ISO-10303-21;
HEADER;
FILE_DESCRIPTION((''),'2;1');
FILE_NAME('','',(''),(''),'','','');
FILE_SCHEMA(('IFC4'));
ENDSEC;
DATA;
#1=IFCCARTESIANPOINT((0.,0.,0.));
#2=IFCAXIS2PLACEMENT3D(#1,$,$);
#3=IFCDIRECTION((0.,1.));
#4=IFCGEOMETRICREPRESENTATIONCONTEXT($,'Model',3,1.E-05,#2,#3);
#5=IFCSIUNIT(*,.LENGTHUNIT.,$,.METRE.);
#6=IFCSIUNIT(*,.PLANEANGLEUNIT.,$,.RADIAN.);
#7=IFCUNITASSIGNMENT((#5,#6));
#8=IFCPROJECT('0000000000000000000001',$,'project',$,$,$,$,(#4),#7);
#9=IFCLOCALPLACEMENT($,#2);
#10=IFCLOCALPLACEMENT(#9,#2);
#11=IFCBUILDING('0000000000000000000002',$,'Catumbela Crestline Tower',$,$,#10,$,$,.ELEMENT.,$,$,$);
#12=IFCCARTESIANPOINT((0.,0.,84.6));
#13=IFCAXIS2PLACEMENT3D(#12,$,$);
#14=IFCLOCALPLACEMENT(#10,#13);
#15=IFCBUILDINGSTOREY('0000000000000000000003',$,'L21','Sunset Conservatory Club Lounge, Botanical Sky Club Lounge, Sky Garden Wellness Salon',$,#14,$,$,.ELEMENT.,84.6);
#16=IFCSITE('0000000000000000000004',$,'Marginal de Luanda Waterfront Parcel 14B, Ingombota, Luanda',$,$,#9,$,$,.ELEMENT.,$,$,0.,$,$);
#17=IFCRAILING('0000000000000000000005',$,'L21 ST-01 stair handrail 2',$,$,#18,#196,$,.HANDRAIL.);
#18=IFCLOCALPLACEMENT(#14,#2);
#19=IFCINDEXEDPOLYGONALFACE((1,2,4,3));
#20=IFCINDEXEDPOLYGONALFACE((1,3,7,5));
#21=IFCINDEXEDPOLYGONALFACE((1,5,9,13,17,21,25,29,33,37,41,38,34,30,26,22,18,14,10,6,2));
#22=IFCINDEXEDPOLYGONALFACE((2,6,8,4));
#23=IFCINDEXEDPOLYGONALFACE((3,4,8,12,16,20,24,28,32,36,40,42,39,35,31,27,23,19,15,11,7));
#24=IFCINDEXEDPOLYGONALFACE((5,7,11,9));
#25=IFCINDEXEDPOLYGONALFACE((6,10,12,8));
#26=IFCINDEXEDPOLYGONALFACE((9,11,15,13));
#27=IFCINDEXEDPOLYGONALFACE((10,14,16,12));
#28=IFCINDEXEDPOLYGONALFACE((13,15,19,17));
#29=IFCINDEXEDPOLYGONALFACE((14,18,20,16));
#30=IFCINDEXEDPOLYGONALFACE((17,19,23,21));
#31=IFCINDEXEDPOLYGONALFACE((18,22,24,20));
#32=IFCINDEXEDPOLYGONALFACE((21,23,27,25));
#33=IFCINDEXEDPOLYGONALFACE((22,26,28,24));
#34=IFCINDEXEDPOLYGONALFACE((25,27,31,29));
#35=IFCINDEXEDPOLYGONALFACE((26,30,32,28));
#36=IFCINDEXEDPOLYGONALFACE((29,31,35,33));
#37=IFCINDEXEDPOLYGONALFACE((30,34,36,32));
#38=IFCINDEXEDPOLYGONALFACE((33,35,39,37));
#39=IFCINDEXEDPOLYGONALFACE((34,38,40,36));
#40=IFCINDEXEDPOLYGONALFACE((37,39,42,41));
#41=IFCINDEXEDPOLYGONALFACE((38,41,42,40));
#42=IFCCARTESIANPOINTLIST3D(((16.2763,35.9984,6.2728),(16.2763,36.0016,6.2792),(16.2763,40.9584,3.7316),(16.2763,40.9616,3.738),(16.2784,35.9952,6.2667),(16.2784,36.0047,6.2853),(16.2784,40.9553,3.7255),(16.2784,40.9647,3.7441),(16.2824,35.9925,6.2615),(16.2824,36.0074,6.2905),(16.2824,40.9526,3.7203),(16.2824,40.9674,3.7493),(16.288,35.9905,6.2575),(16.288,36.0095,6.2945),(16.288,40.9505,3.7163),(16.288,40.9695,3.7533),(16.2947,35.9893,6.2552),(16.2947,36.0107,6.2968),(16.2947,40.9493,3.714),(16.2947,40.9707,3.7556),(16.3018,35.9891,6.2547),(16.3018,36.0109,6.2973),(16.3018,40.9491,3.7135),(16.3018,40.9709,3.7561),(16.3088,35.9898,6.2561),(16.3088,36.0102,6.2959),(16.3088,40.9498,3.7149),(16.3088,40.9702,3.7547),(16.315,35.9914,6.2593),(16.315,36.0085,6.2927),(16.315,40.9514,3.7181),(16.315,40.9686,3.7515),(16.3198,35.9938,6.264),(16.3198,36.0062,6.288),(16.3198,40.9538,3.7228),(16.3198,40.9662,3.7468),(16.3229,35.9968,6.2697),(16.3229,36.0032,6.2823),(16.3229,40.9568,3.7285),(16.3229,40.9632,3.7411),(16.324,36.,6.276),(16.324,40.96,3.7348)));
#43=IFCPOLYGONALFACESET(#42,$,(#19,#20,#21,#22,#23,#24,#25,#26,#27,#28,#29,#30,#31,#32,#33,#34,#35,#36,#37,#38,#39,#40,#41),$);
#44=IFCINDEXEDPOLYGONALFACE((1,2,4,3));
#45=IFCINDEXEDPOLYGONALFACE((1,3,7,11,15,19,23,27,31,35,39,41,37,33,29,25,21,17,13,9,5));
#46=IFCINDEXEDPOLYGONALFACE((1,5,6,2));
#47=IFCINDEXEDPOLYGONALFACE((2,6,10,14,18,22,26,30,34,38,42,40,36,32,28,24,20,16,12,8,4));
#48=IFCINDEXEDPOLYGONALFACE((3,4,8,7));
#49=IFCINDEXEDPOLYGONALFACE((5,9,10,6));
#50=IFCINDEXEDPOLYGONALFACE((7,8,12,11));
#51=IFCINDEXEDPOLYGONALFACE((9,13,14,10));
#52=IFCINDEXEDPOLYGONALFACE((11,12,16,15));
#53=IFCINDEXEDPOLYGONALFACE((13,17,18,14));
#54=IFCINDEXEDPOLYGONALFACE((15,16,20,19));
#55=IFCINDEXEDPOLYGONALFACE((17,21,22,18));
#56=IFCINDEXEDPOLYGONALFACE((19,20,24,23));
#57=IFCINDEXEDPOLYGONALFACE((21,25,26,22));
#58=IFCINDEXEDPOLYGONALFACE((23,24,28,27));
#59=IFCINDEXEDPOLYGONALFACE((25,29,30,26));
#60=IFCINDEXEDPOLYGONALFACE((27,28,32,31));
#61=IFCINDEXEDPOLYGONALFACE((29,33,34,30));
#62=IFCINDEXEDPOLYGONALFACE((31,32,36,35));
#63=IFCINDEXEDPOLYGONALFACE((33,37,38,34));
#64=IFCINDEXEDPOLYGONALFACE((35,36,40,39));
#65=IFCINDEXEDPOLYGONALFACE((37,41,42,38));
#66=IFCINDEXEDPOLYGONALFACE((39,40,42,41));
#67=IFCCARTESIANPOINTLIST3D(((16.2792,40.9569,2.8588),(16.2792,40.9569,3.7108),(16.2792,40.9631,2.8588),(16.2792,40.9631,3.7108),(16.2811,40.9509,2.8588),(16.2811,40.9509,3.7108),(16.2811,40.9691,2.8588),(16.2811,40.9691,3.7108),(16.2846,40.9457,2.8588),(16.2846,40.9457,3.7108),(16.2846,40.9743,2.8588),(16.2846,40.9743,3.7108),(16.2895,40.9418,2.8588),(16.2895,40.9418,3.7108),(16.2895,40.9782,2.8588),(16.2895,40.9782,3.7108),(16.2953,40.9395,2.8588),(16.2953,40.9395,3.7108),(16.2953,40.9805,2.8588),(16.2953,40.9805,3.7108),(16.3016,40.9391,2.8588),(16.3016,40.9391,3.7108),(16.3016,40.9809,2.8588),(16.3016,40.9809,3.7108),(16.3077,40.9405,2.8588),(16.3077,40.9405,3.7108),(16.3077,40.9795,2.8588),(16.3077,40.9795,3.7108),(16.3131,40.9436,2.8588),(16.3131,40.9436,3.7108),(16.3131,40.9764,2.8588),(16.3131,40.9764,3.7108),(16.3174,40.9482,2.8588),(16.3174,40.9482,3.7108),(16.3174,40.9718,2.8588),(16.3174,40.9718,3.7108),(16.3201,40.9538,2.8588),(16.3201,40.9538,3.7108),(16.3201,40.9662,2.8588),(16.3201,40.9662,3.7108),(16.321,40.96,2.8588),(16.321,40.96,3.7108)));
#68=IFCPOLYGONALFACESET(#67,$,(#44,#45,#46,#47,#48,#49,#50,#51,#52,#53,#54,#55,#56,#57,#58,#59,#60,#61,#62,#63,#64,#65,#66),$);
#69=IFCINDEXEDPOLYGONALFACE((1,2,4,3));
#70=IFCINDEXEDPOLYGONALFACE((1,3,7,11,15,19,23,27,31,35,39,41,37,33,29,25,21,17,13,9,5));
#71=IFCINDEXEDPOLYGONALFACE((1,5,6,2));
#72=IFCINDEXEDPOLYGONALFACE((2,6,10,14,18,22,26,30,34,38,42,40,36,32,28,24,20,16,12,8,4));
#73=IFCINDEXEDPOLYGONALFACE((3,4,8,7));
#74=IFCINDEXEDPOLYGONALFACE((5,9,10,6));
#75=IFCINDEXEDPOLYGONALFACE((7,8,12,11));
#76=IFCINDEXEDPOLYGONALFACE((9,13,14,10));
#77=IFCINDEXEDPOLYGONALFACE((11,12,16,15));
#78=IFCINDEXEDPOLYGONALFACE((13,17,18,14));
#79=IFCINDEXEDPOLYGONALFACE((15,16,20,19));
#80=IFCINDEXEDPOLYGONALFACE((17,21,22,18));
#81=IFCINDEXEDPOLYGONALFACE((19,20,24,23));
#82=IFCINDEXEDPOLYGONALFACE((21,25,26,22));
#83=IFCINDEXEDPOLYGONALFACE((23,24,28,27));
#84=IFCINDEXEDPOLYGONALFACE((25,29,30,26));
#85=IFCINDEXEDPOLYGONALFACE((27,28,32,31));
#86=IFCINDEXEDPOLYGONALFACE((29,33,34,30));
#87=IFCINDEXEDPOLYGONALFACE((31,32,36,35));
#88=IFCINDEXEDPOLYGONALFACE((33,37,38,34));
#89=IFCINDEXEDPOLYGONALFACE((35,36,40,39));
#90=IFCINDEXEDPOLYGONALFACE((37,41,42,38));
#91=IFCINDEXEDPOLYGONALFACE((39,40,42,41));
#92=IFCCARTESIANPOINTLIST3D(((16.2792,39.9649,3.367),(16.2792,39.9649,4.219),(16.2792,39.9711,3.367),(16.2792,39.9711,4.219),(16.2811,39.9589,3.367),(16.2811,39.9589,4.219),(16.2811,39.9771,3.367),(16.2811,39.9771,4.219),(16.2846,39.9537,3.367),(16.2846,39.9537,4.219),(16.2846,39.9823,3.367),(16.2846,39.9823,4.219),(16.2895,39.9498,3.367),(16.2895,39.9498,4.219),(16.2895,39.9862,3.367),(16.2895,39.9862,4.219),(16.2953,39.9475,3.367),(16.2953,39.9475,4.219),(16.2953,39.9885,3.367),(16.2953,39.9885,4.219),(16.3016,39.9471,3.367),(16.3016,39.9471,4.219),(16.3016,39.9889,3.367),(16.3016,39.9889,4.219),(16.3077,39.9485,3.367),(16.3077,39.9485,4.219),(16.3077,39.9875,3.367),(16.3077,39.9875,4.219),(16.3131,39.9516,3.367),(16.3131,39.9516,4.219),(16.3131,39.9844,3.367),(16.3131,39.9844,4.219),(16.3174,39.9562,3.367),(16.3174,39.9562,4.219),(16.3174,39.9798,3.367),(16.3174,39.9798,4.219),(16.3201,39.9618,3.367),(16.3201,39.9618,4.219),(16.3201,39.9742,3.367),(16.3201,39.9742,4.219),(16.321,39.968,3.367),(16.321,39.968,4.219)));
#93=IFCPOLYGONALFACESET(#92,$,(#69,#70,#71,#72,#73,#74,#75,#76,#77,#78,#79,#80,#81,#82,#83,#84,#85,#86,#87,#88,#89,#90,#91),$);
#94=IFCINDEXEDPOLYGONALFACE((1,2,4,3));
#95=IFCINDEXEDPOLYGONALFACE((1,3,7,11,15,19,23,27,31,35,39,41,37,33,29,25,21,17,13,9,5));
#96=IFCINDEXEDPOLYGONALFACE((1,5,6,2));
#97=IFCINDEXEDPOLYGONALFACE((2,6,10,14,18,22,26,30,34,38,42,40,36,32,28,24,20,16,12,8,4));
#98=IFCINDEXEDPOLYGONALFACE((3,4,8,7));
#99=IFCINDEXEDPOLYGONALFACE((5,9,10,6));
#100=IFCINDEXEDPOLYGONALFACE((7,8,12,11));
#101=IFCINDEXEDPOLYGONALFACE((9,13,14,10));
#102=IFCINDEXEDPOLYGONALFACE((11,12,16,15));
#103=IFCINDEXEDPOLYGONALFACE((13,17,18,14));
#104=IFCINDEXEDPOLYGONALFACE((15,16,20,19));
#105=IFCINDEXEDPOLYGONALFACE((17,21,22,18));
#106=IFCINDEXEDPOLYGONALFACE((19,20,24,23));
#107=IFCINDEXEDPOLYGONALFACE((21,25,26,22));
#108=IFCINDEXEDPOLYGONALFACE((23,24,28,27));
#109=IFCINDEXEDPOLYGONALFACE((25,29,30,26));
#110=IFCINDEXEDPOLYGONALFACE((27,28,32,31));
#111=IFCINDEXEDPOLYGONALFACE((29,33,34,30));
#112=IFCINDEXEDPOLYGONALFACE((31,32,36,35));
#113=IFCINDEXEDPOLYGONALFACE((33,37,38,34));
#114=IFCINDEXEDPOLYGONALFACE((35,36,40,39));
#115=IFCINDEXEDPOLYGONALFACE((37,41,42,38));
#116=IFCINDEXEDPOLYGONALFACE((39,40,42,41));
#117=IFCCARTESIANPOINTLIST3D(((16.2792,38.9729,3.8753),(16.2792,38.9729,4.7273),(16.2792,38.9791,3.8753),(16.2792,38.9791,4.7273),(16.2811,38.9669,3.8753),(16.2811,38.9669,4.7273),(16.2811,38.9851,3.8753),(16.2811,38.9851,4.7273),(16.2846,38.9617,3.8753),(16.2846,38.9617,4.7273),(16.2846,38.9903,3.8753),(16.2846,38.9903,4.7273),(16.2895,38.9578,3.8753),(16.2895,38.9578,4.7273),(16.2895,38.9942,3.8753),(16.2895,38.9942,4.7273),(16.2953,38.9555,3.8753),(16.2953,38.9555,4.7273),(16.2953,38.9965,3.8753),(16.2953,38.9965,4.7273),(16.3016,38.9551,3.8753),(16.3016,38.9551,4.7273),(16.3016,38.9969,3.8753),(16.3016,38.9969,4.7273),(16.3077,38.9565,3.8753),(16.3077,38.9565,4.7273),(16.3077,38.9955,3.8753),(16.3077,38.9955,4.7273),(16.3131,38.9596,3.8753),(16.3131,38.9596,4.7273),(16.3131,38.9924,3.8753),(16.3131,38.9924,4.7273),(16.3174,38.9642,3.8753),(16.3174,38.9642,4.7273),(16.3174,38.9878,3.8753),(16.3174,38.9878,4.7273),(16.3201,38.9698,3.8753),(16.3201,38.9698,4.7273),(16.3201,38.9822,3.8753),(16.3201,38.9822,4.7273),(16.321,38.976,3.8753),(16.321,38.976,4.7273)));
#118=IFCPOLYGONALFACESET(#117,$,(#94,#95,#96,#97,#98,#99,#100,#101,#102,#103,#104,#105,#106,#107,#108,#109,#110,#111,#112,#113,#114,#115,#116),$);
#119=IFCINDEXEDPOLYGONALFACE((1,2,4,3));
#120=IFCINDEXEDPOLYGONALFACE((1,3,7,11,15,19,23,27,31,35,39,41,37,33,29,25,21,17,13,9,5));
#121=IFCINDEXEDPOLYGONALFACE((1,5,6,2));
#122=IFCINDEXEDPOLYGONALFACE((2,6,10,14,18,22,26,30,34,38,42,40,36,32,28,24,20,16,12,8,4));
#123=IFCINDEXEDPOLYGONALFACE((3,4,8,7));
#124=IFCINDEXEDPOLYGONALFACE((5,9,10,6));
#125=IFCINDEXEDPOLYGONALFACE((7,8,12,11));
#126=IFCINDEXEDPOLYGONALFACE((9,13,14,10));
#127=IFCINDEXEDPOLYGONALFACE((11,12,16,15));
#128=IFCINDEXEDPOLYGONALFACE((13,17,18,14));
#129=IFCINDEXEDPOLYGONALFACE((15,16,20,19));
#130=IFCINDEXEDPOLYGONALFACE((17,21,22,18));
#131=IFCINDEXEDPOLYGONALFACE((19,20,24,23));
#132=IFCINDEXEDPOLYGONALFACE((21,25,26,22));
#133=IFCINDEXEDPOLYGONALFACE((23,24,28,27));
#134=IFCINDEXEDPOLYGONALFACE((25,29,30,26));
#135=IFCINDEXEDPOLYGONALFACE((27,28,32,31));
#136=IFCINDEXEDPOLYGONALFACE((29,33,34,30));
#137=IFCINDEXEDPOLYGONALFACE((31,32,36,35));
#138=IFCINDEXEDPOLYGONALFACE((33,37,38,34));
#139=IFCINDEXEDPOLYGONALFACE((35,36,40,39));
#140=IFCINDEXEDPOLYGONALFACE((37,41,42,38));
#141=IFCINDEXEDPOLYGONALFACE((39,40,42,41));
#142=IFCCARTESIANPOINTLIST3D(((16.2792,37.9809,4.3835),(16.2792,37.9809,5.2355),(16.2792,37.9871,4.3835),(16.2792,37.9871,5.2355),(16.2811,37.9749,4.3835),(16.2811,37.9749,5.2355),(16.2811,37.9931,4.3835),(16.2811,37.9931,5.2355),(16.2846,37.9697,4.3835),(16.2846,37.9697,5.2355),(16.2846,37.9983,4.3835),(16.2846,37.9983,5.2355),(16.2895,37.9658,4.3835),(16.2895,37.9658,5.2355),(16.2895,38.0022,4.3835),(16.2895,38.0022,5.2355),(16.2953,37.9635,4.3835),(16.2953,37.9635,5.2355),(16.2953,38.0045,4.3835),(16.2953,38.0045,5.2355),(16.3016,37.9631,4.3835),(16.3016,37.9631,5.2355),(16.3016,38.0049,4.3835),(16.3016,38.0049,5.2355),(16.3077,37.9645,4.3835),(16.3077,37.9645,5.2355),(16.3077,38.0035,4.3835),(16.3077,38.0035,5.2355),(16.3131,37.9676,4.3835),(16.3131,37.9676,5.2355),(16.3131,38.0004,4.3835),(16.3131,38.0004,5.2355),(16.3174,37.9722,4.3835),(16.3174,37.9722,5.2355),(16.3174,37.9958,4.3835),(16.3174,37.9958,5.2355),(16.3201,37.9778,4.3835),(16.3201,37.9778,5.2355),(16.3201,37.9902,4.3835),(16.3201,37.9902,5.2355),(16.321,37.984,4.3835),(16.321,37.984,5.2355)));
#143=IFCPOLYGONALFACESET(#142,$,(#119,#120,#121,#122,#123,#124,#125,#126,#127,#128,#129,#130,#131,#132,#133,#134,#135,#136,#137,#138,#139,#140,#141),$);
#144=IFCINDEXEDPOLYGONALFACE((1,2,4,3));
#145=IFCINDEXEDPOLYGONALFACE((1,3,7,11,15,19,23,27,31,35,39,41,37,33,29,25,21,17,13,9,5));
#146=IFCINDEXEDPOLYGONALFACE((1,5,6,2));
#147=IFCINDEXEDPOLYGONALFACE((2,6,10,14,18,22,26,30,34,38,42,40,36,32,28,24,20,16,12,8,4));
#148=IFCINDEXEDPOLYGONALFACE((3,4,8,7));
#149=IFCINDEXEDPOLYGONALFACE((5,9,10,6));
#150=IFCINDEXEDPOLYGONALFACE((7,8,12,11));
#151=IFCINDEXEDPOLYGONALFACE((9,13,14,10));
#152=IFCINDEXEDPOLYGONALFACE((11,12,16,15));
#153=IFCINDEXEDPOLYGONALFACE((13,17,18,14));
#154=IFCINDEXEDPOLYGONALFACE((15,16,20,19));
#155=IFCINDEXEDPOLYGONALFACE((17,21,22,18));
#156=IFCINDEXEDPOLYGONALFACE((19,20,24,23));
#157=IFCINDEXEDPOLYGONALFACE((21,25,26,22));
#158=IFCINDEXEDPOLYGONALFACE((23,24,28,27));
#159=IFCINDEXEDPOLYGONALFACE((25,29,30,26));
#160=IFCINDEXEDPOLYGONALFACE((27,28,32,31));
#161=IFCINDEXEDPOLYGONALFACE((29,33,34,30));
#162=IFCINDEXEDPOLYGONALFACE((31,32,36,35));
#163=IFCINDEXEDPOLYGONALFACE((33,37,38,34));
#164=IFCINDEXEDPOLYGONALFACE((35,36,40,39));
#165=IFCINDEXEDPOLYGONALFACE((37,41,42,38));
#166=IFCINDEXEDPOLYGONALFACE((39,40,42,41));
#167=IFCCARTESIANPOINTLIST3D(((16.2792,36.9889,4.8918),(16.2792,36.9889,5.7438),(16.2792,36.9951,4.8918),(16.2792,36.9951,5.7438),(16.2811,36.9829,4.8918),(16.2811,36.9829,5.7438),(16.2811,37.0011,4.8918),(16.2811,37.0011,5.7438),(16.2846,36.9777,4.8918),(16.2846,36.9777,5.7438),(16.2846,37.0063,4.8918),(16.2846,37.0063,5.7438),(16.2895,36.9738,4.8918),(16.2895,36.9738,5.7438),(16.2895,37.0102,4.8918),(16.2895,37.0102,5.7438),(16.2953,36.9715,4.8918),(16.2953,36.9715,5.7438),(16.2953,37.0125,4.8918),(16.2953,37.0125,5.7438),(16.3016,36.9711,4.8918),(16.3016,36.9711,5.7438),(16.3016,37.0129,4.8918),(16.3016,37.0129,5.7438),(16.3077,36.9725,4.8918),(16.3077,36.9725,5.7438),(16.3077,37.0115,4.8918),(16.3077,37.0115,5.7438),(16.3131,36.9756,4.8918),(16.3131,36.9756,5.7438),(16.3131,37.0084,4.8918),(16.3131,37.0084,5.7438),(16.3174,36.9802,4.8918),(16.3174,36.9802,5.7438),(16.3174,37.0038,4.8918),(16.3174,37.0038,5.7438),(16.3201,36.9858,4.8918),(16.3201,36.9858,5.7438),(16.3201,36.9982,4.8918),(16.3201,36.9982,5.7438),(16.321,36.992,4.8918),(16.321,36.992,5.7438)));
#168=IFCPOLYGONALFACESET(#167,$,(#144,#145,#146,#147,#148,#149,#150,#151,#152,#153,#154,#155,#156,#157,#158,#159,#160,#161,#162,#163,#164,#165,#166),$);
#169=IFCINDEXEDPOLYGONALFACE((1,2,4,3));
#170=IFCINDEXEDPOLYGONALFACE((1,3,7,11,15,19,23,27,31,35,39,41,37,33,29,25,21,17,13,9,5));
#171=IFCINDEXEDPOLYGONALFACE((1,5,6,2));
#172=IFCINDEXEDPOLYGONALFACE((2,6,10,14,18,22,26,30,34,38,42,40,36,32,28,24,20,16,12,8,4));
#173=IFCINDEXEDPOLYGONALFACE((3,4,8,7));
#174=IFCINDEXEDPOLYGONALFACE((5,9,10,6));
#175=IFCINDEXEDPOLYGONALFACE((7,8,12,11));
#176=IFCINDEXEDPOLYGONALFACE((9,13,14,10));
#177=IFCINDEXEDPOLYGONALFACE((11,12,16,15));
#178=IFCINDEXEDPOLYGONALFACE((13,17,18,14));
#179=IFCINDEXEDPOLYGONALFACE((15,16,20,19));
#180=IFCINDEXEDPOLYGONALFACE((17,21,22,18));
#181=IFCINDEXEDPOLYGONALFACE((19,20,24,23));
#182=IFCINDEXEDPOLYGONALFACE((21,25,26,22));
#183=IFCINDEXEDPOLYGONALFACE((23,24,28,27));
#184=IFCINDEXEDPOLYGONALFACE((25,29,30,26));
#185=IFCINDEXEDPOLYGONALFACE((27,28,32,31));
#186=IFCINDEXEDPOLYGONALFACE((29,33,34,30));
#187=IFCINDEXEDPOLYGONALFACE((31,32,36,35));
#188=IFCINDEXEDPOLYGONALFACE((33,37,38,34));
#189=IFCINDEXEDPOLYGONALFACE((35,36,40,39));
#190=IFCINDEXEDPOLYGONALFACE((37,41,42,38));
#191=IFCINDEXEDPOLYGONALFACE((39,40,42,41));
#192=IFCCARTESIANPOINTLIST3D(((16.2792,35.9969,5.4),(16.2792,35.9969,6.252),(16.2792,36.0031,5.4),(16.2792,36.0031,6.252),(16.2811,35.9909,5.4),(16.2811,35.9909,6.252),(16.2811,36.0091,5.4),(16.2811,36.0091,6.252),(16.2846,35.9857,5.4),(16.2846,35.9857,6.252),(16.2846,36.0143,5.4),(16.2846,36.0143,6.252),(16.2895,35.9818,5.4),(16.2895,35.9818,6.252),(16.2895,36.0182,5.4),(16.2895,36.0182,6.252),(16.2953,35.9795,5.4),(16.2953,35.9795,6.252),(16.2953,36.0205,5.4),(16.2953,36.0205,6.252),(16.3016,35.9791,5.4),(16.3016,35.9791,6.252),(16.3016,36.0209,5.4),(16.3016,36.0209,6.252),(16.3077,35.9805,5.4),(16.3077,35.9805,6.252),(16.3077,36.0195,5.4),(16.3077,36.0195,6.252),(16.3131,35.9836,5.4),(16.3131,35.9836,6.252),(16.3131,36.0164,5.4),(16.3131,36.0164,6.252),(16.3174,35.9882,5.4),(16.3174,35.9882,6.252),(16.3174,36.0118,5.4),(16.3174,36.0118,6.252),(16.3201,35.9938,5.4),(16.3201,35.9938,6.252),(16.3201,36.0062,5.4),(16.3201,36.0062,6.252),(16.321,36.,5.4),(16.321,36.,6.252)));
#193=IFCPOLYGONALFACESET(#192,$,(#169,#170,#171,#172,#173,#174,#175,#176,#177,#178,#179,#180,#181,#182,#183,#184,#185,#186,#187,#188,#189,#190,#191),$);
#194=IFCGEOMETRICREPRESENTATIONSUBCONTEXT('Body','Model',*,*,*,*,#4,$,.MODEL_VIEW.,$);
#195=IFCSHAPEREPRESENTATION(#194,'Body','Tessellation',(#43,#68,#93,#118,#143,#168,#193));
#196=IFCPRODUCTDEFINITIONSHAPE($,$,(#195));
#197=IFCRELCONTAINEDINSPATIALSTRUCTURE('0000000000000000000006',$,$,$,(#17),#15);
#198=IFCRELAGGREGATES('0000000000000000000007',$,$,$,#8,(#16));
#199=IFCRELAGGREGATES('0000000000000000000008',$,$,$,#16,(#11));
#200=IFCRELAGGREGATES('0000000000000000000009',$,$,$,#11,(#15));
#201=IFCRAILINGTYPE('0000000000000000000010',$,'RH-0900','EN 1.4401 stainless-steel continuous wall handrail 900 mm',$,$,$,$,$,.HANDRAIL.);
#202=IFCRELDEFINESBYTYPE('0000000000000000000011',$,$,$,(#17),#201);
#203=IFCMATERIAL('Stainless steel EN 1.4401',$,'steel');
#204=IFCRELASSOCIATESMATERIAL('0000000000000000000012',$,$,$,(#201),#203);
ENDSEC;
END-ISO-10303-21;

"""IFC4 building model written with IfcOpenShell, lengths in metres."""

from ifc_helpers import new_model, si_unit, direction, frame, origin, origin_2d, place, context, subcontext, project, spatial, circle, extrude, material, type_object, element, save


model = new_model("IFC4")

# Units and contexts
model_context = context("Model", 3, precision=1e-05, world=origin(), true_north=direction((0.0, 1.0)))
body_context = subcontext(model_context, "Body", "Model", "MODEL_VIEW")
ifc_project = project(units=[si_unit("LENGTHUNIT", "METRE"), si_unit("PLANEANGLEUNIT", "RADIAN")], contexts=[model_context])

# Site, building, storey
site_placement = place(None, origin())
site = spatial("IfcSite", under=ifc_project, at=site_placement, Name="Marginal de Luanda Waterfront Parcel 14B, Ingombota, Luanda", CompositionType="ELEMENT", RefElevation=0.0)
building_placement = place(site_placement, origin())
building = spatial("IfcBuilding", under=site, at=building_placement, Name="Catumbela Crestline Tower", CompositionType="ELEMENT")
storey_placement = place(building_placement, frame((0.0, 0.0, 84.6)))
storey = spatial("IfcBuildingStorey", under=building, at=storey_placement, Name="L21", Description="Sunset Conservatory Club Lounge, Botanical Sky Club Lounge, Sky Garden Wellness Salon", CompositionType="ELEMENT", Elevation=84.6)

# Shared definitions
ifc_material_1 = material(Name="Stainless steel EN 1.4401", Category="steel")

# Railing
railing_type_1 = type_object("IfcRailingType", Name="RH-0900", Description="EN 1.4401 stainless-steel continuous wall handrail 900 mm", PredefinedType="HANDRAIL", material=ifc_material_1)
railing_1_placement = place(storey_placement, frame((16.3, 40.96, 2.8588)))
element("IfcRailing", 1, at=railing_1_placement, inside=storey, type_object=railing_type_1, Name="L21 ST-01 stair handrail 2", PredefinedType="HANDRAIL", context=body_context, shape_type="SweptSolid", body=[
    extrude(circle(Radius=0.024, at=origin_2d()), frame((0.0, 0.0, 0.876), z_axis=(0.0, -0.889992, 0.455977), x_axis=(1.0, 0.0, 0.0)), (0.0, 0.0, 1.0), 5.5731),
    extrude(circle(Radius=0.021, at=origin_2d()), origin(), (0.0, 0.0, 1.0), 0.852),
    extrude(circle(Radius=0.021, at=origin_2d()), frame((0.0, -0.992, 0.5082)), (0.0, 0.0, 1.0), 0.852),
    extrude(circle(Radius=0.021, at=origin_2d()), frame((0.0, -1.984, 1.0165)), (0.0, 0.0, 1.0), 0.852),
    extrude(circle(Radius=0.021, at=origin_2d()), frame((0.0, -2.976, 1.5247)), (0.0, 0.0, 1.0), 0.852),
    extrude(circle(Radius=0.021, at=origin_2d()), frame((0.0, -3.968, 2.033)), (0.0, 0.0, 1.0), 0.852),
    extrude(circle(Radius=0.021, at=origin_2d()), frame((0.0, -4.96, 2.5412)), (0.0, 0.0, 1.0), 0.852),
])

save(model, "model.ifc")
